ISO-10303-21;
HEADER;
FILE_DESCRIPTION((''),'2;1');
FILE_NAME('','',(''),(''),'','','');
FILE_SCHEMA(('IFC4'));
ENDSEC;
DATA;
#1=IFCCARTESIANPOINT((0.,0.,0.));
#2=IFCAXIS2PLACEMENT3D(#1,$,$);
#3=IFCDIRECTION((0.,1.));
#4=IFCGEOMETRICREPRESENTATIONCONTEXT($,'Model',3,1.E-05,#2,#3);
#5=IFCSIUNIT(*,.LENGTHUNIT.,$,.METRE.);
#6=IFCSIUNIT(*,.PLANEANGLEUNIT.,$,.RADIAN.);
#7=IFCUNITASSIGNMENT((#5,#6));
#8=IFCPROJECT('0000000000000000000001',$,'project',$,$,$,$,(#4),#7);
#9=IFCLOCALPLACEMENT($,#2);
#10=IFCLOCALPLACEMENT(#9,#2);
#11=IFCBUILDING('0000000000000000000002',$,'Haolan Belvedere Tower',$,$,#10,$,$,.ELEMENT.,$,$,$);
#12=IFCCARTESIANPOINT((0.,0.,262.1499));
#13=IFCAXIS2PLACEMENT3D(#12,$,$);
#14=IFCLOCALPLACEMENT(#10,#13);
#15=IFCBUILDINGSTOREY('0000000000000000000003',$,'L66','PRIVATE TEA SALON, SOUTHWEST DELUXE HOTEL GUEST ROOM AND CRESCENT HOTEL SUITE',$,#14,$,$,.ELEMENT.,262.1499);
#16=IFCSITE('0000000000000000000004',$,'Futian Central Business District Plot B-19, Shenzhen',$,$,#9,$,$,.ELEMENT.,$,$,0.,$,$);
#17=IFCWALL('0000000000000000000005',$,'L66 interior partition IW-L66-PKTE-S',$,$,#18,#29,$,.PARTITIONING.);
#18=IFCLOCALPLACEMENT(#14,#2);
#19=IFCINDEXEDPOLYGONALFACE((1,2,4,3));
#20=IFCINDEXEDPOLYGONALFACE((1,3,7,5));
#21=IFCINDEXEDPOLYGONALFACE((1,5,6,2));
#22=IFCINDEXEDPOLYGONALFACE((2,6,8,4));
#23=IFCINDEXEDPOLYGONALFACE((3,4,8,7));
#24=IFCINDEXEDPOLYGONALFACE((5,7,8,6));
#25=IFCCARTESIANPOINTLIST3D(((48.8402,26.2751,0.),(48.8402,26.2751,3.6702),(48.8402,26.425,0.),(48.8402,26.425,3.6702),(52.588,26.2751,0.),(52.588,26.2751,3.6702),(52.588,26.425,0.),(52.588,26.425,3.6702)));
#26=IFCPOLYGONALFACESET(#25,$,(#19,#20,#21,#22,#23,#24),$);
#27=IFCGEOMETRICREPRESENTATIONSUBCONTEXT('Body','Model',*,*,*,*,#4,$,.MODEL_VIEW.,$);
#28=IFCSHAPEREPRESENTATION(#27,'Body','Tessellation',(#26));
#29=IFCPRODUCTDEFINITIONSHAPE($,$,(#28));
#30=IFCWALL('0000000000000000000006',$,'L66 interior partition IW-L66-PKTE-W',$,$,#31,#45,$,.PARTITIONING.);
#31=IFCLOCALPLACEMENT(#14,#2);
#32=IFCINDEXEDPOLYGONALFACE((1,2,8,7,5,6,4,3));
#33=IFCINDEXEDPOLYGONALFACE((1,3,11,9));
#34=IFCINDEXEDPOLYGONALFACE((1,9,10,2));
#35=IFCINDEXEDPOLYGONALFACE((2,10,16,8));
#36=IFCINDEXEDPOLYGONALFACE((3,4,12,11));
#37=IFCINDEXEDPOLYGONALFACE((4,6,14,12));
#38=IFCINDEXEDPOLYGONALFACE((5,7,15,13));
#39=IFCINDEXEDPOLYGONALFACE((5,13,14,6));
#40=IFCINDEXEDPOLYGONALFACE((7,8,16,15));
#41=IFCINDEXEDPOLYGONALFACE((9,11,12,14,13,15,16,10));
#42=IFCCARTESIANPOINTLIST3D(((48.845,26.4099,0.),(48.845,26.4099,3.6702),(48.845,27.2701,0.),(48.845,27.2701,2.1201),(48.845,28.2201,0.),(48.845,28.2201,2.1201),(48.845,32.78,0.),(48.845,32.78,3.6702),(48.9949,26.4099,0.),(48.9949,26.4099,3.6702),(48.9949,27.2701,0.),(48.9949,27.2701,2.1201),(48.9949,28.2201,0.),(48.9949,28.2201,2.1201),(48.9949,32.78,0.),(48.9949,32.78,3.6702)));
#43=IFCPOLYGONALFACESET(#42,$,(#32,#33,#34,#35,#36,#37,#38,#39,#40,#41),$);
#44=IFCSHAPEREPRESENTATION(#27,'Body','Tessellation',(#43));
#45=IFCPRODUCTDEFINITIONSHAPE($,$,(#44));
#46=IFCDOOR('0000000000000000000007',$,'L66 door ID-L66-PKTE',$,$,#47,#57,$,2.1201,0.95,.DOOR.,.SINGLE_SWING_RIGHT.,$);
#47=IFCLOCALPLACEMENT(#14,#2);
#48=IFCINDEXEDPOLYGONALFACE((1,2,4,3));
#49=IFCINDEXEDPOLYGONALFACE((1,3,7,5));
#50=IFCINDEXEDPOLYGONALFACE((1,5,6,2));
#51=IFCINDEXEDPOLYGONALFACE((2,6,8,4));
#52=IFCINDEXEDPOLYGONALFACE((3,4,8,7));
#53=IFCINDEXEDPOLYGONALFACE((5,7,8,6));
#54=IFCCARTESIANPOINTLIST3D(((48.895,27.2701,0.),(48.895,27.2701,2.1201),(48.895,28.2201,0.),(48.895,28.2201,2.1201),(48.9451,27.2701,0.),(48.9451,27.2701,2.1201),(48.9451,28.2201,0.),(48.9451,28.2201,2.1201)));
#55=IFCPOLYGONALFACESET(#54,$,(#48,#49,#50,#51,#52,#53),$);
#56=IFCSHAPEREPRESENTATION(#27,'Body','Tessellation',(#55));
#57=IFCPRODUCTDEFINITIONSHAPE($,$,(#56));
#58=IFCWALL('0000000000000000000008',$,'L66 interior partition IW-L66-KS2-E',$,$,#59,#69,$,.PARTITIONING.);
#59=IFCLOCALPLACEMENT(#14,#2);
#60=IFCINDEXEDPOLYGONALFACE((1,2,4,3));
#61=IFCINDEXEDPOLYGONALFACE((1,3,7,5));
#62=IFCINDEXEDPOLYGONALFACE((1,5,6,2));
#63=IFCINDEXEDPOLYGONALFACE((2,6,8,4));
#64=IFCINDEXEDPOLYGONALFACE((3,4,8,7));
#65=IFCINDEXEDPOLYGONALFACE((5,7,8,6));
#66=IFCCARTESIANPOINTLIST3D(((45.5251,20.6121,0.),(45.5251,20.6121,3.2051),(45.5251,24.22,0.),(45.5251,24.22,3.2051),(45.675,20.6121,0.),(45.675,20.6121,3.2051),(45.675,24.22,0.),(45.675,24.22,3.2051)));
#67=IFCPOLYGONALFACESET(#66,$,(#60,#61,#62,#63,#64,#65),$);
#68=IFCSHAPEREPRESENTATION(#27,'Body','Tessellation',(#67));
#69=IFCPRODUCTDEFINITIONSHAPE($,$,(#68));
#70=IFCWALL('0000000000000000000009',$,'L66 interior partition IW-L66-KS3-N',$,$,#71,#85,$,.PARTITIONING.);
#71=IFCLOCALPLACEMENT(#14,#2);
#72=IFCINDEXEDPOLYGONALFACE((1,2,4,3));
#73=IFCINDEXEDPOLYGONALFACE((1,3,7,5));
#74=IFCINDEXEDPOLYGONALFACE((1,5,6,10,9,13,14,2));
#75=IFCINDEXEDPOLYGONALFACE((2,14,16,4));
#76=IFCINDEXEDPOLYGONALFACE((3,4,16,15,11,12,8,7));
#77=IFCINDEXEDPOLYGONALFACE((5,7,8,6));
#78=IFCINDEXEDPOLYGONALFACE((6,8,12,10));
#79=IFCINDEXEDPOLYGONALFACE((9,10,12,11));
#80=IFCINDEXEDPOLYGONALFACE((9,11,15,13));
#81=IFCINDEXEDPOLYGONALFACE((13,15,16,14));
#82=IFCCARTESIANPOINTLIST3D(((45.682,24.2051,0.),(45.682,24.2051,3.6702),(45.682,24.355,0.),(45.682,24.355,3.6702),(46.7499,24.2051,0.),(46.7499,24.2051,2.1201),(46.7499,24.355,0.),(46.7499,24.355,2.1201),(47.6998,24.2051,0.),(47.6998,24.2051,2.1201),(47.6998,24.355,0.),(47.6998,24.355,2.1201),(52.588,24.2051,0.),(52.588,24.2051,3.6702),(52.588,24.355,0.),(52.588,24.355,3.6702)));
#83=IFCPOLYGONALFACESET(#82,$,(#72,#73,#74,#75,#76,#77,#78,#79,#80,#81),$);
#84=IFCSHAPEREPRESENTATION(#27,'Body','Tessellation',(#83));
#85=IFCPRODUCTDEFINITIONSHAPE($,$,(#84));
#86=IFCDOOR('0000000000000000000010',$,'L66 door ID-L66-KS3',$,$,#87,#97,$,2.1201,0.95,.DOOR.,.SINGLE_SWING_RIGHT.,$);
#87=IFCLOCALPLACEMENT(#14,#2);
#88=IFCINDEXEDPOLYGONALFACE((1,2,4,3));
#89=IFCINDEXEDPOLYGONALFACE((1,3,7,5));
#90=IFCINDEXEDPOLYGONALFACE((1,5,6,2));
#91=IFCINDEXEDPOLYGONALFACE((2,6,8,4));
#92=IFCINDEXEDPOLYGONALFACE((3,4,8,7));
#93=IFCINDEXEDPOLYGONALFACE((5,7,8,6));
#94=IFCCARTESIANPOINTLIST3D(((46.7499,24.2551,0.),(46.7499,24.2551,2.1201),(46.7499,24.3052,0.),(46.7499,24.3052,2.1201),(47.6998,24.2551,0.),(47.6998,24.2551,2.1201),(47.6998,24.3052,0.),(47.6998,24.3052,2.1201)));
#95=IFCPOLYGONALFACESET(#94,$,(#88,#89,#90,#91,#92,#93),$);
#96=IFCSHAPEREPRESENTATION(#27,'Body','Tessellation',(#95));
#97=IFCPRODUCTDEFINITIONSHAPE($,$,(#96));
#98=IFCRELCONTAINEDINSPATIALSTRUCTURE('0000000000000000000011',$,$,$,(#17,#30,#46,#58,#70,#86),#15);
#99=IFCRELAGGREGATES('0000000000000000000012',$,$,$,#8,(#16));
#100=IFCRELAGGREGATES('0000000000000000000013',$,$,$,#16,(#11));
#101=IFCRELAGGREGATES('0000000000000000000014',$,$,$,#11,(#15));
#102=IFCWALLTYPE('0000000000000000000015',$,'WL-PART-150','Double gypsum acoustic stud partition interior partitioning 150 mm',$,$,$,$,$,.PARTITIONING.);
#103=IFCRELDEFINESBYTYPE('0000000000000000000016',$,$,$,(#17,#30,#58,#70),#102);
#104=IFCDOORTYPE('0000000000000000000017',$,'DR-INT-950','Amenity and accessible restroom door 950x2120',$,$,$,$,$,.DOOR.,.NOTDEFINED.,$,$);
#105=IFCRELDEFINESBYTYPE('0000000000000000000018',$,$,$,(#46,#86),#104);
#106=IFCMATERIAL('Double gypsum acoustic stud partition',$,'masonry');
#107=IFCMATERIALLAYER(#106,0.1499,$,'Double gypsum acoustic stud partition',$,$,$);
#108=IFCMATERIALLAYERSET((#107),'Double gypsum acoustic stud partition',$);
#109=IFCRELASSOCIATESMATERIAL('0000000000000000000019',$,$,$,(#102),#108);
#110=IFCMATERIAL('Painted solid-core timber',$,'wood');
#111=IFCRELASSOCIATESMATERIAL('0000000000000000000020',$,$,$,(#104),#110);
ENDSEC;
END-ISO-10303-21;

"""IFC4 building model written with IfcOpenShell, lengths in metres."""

from ifc_helpers import new_model, si_unit, direction, frame, frame_2d, origin, place, context, subcontext, project, spatial, rectangle, extrude, material, layer, layer_set, type_object, element, fill, save


model = new_model("IFC4")

# Units and contexts
model_context = context("Model", 3, precision=1e-05, world=origin(), true_north=direction((0.0, 1.0)))
body_context = subcontext(model_context, "Body", "Model", "MODEL_VIEW")
ifc_project = project(units=[si_unit("LENGTHUNIT", "METRE"), si_unit("PLANEANGLEUNIT", "RADIAN")], contexts=[model_context])

# Site, building, storey
site_placement = place(None, origin())
site = spatial("IfcSite", under=ifc_project, at=site_placement, Name="Futian Central Business District Plot B-19, Shenzhen", CompositionType="ELEMENT", RefElevation=0.0)
building_placement = place(site_placement, origin())
building = spatial("IfcBuilding", under=site, at=building_placement, Name="Haolan Belvedere Tower", CompositionType="ELEMENT")
storey_placement = place(building_placement, frame((0.0, 0.0, 262.1499)))
storey = spatial("IfcBuildingStorey", under=building, at=storey_placement, Name="L66", Description="PRIVATE TEA SALON, SOUTHWEST DELUXE HOTEL GUEST ROOM AND CRESCENT HOTEL SUITE", CompositionType="ELEMENT", Elevation=262.1499)

# Wall
ifc_material_1 = material(Name="Double gypsum acoustic stud partition", Category="masonry")
ifc_layer_1 = layer(ifc_material_1, 0.1499, Name="Double gypsum acoustic stud partition")
ifc_layer_set_1 = layer_set([ifc_layer_1], Name="Double gypsum acoustic stud partition")
wall_type_1 = type_object("IfcWallType", Name="WL-PART-150", Description="Double gypsum acoustic stud partition interior partitioning 150 mm", PredefinedType="PARTITIONING", material=ifc_layer_set_1)
wall_1_placement = place(storey_placement, frame((48.8401, 26.3501, 0.0), z_axis=(0.0, 0.0, 1.0), x_axis=(1.0, 0.0, 0.0)))
element("IfcWall", 1, at=wall_1_placement, inside=storey, type_object=wall_type_1, Name="L66 interior partition IW-L66-PKTE-S", PredefinedType="PARTITIONING", context=body_context, shape_type="SweptSolid", body=[
    extrude(rectangle(XDim=3.7478, YDim=0.1499, at=frame_2d((1.874, 0.0))), origin(), (0.0, 0.0, 1.0), 3.6702),
])

# Wall, opening, door
wall_2_placement = place(storey_placement, frame((48.9199, 26.4099, 0.0), z_axis=(0.0, 0.0, 1.0), x_axis=(0.0, 1.0, 0.0)))
wall_2 = element("IfcWall", 2, at=wall_2_placement, inside=storey, type_object=wall_type_1, Name="L66 interior partition IW-L66-PKTE-W", PredefinedType="PARTITIONING", context=body_context, shape_type="SweptSolid", body=[
    extrude(rectangle(XDim=6.3701, YDim=0.1499, at=frame_2d((3.1851, 0.0))), origin(), (0.0, 0.0, 1.0), 3.6702),
])
opening_1_placement = place(wall_2_placement, frame((0.8601, 0.0, 0.0)))
opening_1 = element("IfcOpeningElement", 3, at=opening_1_placement, cuts=wall_2, PredefinedType="OPENING", context=body_context, shape_type="SweptSolid", body=[
    extrude(rectangle(XDim=0.95, YDim=2.1201, at=frame_2d((0.4751, 1.0601))), frame((0.0, 0.085, 0.0), z_axis=(0.0, -1.0, 0.0), x_axis=(1.0, 0.0, 0.0)), (0.0, 0.0, 1.0), 0.1699),
])
ifc_material_2 = material(Name="Painted solid-core timber", Category="wood")
door_type = type_object("IfcDoorType", Name="DR-INT-950", Description="Amenity and accessible restroom door 950x2120", OperationType="NOTDEFINED", PredefinedType="DOOR", material=ifc_material_2)
door_1_placement = place(opening_1_placement, origin())
door_1 = element("IfcDoor", 4, at=door_1_placement, inside=storey, type_object=door_type, Name="L66 door ID-L66-PKTE", OperationType="SINGLE_SWING_RIGHT", OverallHeight=2.1201, OverallWidth=0.95, PredefinedType="DOOR", context=body_context, shape_type="SweptSolid", body=[
    extrude(rectangle(XDim=0.95, YDim=2.1201, at=frame_2d((0.4751, 1.0601))), frame((0.0, 0.0249, 0.0), z_axis=(0.0, -1.0, 0.0), x_axis=(1.0, 0.0, 0.0)), (0.0, 0.0, 1.0), 0.05),
])
fill(opening_1, door_1)

# Wall
wall_3_placement = place(storey_placement, frame((45.6001, 20.6121, 0.0), z_axis=(0.0, 0.0, 1.0), x_axis=(0.0, 1.0, 0.0)))
element("IfcWall", 5, at=wall_3_placement, inside=storey, type_object=wall_type_1, Name="L66 interior partition IW-L66-KS2-E", PredefinedType="PARTITIONING", context=body_context, shape_type="SweptSolid", body=[
    extrude(rectangle(XDim=3.6079, YDim=0.1499, at=frame_2d((1.804, 0.0))), origin(), (0.0, 0.0, 1.0), 3.2051),
])

# Wall, opening, door
wall_4_placement = place(storey_placement, frame((45.6819, 24.28, 0.0), z_axis=(0.0, 0.0, 1.0), x_axis=(1.0, 0.0, 0.0)))
wall_4 = element("IfcWall", 6, at=wall_4_placement, inside=storey, type_object=wall_type_1, Name="L66 interior partition IW-L66-KS3-N", PredefinedType="PARTITIONING", context=body_context, shape_type="SweptSolid", body=[
    extrude(rectangle(XDim=6.906, YDim=0.1499, at=frame_2d((3.4531, 0.0))), origin(), (0.0, 0.0, 1.0), 3.6702),
])
opening_2_placement = place(wall_4_placement, frame((2.0181, 0.0, 0.0), z_axis=(0.0, 0.0, 1.0), x_axis=(-1.0, 0.0, 0.0)))
opening_2 = element("IfcOpeningElement", 7, at=opening_2_placement, cuts=wall_4, PredefinedType="OPENING", context=body_context, shape_type="SweptSolid", body=[
    extrude(rectangle(XDim=0.95, YDim=2.1201, at=frame_2d((0.4751, 1.0601))), frame((0.0, 0.085, 0.0), z_axis=(0.0, -1.0, 0.0), x_axis=(1.0, 0.0, 0.0)), (0.0, 0.0, 1.0), 0.1699),
])
door_2_placement = place(opening_2_placement, origin())
door_2 = element("IfcDoor", 8, at=door_2_placement, inside=storey, type_object=door_type, Name="L66 door ID-L66-KS3", OperationType="SINGLE_SWING_RIGHT", OverallHeight=2.1201, OverallWidth=0.95, PredefinedType="DOOR", context=body_context, shape_type="SweptSolid", body=[
    extrude(rectangle(XDim=0.95, YDim=2.1201, at=frame_2d((0.4751, 1.0601))), frame((0.0, 0.0249, 0.0), z_axis=(0.0, -1.0, 0.0), x_axis=(1.0, 0.0, 0.0)), (0.0, 0.0, 1.0), 0.05),
])
fill(opening_2, door_2)

save(model, "model.ifc")
